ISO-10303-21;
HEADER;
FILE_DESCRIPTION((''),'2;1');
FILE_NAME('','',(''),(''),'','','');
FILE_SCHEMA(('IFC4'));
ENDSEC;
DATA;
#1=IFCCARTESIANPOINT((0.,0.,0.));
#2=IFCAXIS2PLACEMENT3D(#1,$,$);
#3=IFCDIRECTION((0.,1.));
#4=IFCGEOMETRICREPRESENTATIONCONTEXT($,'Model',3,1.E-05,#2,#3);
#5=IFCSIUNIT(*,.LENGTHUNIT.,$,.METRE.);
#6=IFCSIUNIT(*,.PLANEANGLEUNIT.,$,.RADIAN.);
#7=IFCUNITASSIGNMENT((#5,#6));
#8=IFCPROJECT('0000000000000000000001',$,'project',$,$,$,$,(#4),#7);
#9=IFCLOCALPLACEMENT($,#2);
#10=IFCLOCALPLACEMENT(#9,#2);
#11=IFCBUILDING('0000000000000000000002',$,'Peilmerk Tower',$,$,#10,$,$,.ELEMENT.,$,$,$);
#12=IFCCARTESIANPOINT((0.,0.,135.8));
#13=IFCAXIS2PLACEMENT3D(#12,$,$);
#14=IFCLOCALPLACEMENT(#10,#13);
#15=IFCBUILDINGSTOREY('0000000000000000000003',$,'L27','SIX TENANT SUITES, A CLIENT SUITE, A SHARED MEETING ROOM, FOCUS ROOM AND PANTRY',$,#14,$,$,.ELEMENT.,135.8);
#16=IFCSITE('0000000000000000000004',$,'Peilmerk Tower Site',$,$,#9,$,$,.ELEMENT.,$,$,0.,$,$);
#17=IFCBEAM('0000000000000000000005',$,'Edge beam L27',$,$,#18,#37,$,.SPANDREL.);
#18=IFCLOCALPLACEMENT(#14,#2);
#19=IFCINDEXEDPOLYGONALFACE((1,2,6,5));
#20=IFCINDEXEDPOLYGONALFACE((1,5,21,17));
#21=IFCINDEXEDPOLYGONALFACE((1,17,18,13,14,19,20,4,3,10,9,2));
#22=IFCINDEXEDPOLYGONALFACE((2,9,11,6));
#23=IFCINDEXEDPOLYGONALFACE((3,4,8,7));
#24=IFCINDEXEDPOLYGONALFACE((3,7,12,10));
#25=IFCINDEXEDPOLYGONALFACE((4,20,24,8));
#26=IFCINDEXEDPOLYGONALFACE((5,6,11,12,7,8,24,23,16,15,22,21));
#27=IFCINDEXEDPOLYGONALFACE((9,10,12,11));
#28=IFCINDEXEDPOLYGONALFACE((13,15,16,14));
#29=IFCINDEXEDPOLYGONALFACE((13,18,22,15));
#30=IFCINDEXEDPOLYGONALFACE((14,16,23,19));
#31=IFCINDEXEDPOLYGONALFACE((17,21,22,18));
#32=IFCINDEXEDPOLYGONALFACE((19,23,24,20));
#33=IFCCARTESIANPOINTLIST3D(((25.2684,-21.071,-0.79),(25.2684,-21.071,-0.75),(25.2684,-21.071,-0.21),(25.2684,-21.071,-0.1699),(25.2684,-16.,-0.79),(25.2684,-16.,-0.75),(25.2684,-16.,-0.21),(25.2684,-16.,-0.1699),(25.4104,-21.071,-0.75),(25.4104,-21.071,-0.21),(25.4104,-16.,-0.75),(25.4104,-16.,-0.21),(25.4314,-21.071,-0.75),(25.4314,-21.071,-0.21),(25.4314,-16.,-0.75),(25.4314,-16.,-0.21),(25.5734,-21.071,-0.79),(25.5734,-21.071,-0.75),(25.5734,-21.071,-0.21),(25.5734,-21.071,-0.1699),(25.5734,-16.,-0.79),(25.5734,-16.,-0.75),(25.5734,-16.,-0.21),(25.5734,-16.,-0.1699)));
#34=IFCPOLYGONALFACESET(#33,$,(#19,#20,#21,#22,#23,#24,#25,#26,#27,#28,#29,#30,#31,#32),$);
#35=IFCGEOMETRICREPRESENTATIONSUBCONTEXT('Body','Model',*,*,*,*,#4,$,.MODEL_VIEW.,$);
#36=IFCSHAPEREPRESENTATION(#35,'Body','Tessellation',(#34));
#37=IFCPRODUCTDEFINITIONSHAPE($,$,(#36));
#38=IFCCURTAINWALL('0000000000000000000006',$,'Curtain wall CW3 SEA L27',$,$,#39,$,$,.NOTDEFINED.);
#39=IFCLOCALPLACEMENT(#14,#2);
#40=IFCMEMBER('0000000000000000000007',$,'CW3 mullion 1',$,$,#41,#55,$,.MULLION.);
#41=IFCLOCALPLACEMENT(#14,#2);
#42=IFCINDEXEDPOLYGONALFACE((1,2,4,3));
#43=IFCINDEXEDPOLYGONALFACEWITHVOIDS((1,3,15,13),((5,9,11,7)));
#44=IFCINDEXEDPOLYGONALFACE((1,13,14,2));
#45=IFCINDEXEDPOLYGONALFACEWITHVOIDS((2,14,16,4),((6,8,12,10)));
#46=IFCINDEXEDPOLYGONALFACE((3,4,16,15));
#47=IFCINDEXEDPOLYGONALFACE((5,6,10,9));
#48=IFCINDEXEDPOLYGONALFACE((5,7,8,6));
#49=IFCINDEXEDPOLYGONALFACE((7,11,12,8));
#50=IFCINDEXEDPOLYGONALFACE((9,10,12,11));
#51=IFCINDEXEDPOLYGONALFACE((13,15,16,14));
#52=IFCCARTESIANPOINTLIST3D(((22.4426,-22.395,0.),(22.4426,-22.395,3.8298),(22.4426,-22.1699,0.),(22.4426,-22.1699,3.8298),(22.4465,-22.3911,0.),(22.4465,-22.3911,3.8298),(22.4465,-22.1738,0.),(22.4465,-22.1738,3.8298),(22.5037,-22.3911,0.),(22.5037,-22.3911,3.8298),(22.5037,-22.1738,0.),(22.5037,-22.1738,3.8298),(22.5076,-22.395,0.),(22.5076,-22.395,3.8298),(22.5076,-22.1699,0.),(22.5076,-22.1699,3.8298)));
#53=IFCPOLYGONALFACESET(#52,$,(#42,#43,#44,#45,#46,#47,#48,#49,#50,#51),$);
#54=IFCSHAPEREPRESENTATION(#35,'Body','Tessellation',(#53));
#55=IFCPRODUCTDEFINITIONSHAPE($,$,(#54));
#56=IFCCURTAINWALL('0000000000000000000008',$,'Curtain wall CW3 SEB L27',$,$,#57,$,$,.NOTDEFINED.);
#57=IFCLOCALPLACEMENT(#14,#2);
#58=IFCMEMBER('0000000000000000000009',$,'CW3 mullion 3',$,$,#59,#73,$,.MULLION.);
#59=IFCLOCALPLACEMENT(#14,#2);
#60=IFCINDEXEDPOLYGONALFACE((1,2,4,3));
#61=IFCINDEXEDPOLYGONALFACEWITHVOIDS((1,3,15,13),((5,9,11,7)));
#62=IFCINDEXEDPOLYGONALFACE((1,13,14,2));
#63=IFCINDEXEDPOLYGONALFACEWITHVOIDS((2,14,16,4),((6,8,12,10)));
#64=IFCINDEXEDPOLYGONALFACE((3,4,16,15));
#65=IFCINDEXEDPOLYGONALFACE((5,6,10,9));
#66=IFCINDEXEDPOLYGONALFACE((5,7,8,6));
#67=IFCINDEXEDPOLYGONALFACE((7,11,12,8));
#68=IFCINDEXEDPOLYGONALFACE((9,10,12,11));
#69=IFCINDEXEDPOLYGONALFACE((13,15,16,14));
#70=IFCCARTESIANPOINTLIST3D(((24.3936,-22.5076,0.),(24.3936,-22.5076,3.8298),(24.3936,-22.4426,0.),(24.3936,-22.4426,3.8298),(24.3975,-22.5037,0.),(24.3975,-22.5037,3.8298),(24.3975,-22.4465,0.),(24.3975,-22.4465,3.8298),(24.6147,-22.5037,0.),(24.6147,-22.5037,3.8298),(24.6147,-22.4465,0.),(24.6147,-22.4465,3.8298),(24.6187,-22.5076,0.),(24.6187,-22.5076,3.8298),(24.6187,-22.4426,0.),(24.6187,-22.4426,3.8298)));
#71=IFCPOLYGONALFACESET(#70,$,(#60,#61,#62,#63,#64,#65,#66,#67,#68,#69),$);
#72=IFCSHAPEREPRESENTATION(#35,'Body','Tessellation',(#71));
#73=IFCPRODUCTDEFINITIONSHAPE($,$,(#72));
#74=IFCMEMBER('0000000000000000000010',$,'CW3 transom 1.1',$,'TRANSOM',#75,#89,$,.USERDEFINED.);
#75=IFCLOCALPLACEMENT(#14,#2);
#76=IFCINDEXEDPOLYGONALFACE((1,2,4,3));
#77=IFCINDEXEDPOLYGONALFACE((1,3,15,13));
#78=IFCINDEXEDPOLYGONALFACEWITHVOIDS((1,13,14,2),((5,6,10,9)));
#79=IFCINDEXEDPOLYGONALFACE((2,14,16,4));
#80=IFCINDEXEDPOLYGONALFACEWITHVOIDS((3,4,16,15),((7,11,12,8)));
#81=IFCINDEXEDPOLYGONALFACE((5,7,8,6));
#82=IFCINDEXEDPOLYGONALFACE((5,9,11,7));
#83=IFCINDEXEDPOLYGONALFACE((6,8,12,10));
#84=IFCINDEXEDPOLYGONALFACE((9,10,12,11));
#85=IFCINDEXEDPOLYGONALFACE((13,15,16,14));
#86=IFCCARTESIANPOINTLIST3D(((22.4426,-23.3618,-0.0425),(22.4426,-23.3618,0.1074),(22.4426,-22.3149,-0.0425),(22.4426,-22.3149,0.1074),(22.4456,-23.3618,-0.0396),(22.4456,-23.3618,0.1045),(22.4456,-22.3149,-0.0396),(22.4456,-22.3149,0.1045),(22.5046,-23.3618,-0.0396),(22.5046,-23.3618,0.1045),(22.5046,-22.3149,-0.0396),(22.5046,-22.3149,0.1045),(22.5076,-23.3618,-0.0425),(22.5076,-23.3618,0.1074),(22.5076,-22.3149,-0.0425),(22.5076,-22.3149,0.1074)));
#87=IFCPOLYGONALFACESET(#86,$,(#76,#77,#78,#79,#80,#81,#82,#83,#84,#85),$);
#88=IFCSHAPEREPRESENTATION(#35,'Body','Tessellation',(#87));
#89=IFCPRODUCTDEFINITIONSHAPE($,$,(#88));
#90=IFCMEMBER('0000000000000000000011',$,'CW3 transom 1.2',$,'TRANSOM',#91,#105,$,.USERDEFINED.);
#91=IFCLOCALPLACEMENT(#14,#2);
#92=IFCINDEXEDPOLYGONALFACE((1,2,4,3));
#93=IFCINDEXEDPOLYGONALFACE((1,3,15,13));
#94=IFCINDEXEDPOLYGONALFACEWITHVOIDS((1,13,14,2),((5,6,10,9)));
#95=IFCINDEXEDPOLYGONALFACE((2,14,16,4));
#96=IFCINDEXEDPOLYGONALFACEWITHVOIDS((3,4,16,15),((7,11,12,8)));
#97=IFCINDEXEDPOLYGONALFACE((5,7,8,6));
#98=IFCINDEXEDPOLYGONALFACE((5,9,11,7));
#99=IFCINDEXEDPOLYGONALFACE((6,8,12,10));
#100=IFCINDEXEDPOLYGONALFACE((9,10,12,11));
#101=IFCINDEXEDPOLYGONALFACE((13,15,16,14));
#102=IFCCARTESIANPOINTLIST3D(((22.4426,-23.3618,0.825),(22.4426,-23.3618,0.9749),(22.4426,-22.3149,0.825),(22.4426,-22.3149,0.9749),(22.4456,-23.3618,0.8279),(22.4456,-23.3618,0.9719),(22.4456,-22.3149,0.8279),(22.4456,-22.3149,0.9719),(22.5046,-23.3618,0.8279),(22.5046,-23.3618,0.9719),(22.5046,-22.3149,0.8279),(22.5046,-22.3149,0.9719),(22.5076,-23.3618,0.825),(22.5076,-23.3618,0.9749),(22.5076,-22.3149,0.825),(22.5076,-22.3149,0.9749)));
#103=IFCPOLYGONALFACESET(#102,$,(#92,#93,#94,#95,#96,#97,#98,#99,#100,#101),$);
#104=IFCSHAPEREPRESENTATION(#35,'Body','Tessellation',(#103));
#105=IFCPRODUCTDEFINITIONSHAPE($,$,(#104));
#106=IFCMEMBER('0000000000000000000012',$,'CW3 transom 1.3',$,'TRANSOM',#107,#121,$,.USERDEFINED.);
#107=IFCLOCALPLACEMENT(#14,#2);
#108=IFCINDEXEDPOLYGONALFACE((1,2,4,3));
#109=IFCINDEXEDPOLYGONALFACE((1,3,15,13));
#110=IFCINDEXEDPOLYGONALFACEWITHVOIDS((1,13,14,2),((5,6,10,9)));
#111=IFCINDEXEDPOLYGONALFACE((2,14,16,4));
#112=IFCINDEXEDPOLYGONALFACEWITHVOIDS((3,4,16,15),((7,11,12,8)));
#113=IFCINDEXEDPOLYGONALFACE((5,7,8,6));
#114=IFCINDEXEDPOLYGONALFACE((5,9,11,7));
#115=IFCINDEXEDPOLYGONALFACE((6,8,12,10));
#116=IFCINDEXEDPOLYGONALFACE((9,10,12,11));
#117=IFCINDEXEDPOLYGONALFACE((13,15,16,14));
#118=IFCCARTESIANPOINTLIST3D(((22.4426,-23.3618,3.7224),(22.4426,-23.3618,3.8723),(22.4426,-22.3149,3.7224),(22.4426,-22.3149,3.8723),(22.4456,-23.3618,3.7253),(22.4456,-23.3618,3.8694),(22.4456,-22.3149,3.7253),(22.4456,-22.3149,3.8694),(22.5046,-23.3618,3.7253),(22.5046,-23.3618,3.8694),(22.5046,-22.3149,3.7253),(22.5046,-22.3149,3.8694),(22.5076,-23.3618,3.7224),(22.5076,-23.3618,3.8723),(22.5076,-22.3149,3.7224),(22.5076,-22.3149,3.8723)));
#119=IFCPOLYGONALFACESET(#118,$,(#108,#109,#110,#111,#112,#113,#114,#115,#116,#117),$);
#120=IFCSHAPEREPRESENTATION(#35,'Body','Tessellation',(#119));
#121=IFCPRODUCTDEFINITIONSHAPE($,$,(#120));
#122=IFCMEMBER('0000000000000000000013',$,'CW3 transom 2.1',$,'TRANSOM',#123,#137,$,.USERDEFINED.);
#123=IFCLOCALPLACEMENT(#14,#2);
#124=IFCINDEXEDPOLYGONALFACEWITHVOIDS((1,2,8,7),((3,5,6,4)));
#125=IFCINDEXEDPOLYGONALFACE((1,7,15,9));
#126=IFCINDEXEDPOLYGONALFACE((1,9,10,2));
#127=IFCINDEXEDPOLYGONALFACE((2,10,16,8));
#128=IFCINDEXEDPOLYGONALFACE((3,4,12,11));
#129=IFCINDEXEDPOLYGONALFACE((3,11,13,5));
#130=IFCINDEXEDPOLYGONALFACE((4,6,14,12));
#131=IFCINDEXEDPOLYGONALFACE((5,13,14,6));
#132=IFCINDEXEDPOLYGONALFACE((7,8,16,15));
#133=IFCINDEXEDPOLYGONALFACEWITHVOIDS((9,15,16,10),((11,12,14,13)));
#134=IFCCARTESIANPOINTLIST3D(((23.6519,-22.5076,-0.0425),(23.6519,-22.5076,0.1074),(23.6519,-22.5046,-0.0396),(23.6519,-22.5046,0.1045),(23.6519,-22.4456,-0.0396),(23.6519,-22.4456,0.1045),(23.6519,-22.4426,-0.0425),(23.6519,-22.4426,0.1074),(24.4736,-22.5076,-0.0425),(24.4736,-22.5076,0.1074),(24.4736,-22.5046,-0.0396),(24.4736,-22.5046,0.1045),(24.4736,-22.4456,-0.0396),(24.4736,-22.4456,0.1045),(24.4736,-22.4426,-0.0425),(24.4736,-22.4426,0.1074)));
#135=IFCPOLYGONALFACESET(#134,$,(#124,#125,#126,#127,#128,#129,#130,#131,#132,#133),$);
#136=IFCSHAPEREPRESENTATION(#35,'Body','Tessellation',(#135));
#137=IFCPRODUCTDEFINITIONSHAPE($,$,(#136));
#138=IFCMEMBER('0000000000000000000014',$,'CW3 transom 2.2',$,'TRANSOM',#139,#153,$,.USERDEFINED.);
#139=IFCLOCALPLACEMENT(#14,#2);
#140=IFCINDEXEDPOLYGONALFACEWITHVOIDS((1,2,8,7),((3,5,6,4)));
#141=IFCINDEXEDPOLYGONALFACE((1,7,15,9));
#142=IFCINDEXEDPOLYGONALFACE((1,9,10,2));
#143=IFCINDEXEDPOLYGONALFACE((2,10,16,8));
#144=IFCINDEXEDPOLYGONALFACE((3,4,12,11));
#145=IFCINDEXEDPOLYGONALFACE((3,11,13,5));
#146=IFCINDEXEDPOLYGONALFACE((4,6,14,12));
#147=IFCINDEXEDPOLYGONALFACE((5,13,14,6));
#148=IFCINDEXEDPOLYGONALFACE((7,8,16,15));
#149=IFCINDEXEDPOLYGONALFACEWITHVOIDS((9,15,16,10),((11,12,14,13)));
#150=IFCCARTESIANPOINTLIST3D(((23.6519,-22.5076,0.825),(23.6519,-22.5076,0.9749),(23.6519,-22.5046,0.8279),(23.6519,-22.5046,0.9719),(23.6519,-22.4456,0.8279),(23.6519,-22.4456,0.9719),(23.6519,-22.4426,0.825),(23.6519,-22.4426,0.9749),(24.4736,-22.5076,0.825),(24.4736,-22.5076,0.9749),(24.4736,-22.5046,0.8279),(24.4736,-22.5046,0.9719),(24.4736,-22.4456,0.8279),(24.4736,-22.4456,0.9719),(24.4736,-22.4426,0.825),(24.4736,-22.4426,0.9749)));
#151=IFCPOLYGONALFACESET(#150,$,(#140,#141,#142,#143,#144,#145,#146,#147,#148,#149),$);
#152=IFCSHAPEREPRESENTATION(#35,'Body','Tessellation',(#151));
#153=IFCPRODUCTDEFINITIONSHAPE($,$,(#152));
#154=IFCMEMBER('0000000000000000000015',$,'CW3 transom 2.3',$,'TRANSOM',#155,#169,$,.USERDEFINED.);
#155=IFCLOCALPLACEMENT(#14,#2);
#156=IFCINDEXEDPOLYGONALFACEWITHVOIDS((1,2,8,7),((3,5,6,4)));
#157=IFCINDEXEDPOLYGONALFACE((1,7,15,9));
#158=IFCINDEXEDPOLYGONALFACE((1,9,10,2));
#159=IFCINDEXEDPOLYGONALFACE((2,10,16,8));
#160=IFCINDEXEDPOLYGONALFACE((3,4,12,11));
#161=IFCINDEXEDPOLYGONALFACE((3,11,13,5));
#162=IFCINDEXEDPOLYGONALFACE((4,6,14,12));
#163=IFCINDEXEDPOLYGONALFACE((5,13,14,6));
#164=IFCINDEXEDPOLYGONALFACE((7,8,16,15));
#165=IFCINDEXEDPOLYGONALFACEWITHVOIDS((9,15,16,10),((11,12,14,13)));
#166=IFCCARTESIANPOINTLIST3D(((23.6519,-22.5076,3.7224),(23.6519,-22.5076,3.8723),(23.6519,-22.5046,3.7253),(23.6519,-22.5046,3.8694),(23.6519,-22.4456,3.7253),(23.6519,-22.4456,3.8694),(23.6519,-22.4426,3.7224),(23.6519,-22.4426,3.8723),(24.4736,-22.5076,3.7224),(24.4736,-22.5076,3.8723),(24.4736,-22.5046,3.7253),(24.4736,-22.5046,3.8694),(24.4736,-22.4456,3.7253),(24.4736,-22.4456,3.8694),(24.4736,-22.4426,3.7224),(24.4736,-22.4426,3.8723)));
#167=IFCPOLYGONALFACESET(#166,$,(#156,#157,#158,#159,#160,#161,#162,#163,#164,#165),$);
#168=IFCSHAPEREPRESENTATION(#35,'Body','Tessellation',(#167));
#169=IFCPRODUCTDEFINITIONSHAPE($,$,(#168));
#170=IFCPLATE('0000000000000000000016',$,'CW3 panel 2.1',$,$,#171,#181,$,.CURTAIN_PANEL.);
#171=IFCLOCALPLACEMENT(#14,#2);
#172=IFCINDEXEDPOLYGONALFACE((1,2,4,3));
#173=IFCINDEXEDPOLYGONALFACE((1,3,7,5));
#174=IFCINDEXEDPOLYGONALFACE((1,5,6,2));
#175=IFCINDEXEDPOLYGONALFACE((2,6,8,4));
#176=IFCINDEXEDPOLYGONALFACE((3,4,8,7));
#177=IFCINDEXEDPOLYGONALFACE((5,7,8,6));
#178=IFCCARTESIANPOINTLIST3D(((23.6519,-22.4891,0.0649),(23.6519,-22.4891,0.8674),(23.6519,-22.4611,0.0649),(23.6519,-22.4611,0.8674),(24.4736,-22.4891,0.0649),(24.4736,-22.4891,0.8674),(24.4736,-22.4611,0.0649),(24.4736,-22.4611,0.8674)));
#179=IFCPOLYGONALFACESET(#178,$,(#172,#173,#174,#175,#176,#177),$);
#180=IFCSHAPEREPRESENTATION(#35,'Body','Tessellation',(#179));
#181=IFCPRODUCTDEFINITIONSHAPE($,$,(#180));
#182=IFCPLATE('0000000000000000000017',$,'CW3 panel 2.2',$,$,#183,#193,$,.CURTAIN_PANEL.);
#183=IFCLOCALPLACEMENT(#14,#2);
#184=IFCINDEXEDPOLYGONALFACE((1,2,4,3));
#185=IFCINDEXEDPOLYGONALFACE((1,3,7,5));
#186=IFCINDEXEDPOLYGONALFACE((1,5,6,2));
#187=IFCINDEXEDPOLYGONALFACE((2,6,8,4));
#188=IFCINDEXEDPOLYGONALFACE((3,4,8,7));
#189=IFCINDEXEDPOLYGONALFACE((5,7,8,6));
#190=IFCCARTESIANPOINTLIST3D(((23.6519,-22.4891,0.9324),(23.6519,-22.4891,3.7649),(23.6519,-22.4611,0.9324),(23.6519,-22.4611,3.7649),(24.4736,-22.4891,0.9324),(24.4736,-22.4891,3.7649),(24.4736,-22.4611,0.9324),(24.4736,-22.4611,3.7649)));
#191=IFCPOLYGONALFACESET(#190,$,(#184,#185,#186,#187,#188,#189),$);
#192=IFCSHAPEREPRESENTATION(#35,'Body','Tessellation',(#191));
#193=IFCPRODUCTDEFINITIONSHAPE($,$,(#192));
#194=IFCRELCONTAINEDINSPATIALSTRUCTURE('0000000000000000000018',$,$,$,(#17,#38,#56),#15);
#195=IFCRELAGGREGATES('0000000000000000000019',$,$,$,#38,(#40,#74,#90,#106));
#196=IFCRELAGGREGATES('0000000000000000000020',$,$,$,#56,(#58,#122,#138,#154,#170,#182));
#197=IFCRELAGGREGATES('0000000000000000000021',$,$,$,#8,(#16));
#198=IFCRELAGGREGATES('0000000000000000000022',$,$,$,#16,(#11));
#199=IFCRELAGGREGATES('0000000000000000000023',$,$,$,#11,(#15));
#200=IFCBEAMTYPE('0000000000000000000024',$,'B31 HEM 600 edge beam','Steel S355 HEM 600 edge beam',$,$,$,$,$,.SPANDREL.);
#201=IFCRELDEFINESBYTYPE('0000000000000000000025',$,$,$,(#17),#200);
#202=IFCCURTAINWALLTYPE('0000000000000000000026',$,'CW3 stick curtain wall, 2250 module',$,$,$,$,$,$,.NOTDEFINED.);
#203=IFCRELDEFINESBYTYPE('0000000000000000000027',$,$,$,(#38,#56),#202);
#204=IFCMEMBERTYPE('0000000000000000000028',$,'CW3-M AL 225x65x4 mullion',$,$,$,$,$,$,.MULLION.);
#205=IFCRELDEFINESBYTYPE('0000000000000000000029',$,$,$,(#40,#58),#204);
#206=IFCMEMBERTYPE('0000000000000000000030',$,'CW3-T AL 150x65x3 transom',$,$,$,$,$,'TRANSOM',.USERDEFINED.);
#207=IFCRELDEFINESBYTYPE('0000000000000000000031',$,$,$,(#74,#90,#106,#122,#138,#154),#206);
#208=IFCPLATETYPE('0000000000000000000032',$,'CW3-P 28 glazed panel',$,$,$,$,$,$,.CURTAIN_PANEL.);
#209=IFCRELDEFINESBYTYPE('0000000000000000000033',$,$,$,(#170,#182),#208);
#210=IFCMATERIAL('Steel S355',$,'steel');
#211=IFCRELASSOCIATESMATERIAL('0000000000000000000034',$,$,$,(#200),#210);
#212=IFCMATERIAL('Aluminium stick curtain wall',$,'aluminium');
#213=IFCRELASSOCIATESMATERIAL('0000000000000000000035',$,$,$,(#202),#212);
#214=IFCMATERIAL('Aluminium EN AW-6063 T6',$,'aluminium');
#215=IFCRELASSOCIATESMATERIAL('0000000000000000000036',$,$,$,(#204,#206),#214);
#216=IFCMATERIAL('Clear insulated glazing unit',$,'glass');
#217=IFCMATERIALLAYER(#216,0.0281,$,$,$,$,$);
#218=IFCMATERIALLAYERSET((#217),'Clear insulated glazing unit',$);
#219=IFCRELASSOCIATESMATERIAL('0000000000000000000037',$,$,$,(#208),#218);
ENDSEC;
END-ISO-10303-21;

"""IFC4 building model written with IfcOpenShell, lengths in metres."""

from ifc_helpers import new_model, si_unit, direction, frame, origin, origin_2d, place, context, subcontext, project, spatial, rectangle, hollow_rectangle, i_section, extrude, material, layer, layer_set, material_profile, profile_set, type_object, element, aggregate, save


model = new_model("IFC4")

# Units and contexts
model_context = context("Model", 3, precision=1e-05, world=origin(), true_north=direction((0.0, 1.0)))
body_context = subcontext(model_context, "Body", "Model", "MODEL_VIEW")
ifc_project = project(units=[si_unit("LENGTHUNIT", "METRE"), si_unit("PLANEANGLEUNIT", "RADIAN")], contexts=[model_context])

# Site, building, storey
site_placement = place(None, origin())
site = spatial("IfcSite", under=ifc_project, at=site_placement, Name="Peilmerk Tower Site", CompositionType="ELEMENT", RefElevation=0.0)
building_placement = place(site_placement, origin())
building = spatial("IfcBuilding", under=site, at=building_placement, Name="Peilmerk Tower", CompositionType="ELEMENT")
storey_placement = place(building_placement, frame((0.0, 0.0, 135.8)))
storey = spatial("IfcBuildingStorey", under=building, at=storey_placement, Name="L27", Description="SIX TENANT SUITES, A CLIENT SUITE, A SHARED MEETING ROOM, FOCUS ROOM AND PANTRY", CompositionType="ELEMENT", Elevation=135.8)

# Beam
ifc_material_1 = material(Name="Steel S355", Category="steel")
ifc_material_profile_1 = material_profile(ifc_material_1, i_section(OverallWidth=0.3049, OverallDepth=0.6201, WebThickness=0.021, FlangeThickness=0.04, at=origin_2d()), Name="HEM 600")
ifc_profile_set_1 = profile_set([ifc_material_profile_1], Name="Steel S355")
beam_type_1 = type_object("IfcBeamType", Name="B31 HEM 600 edge beam", Description="Steel S355 HEM 600 edge beam", PredefinedType="SPANDREL", material=ifc_profile_set_1)
beam_1_placement = place(storey_placement, frame((25.4209, -21.071, -0.48), z_axis=(0.0, 1.0, 0.0), x_axis=(-1.0, 0.0, 0.0)))
element("IfcBeam", 1, at=beam_1_placement, inside=storey, type_object=beam_type_1, Name="Edge beam L27", PredefinedType="SPANDREL", context=body_context, shape_type="SweptSolid", body=[
    extrude(i_section(OverallWidth=0.3049, OverallDepth=0.6201, WebThickness=0.021, FlangeThickness=0.04, at=origin_2d()), origin(), (0.0, 0.0, 1.0), 5.071),
])

# Curtain walls, members
ifc_material_2 = material(Name="Aluminium stick curtain wall", Category="aluminium")
curtain_wall_type = type_object("IfcCurtainWallType", Name="CW3 stick curtain wall, 2250 module", PredefinedType="NOTDEFINED", material=ifc_material_2)
curtain_wall_1_placement = place(storey_placement, origin())
curtain_wall_1 = element("IfcCurtainWall", 2, at=curtain_wall_1_placement, inside=storey, type_object=curtain_wall_type, Name="Curtain wall CW3 SEA L27", PredefinedType="NOTDEFINED")
ifc_material_3 = material(Name="Aluminium EN AW-6063 T6", Category="aluminium")
ifc_material_profile_2 = material_profile(ifc_material_3, hollow_rectangle(XDim=0.0649, YDim=0.2251, WallThickness=0.0039, at=origin_2d()), Name="AL 225x65x4")
ifc_profile_set_2 = profile_set([ifc_material_profile_2], Name="Aluminium EN AW-6063 T6")
member_type_1 = type_object("IfcMemberType", Name="CW3-M AL 225x65x4 mullion", PredefinedType="MULLION", material=ifc_profile_set_2)
member_1_placement = place(storey_placement, frame((22.4751, -22.2825, 0.0), z_axis=(0.0, 0.0, 1.0), x_axis=(1.0, 0.0, 0.0)))
member_1 = element("IfcMember", 3, at=member_1_placement, type_object=member_type_1, Name="CW3 mullion 1", PredefinedType="MULLION", context=body_context, shape_type="SweptSolid", body=[
    extrude(hollow_rectangle(XDim=0.0649, YDim=0.2251, WallThickness=0.0039, at=origin_2d()), origin(), (0.0, 0.0, 1.0), 3.8298),
])
curtain_wall_2_placement = place(storey_placement, origin())
curtain_wall_2 = element("IfcCurtainWall", 4, at=curtain_wall_2_placement, inside=storey, type_object=curtain_wall_type, Name="Curtain wall CW3 SEB L27", PredefinedType="NOTDEFINED")
member_2_placement = place(storey_placement, frame((24.5061, -22.4751, 0.0), z_axis=(0.0, 0.0, 1.0), x_axis=(0.0, 1.0, 0.0)))
member_2 = element("IfcMember", 5, at=member_2_placement, type_object=member_type_1, Name="CW3 mullion 3", PredefinedType="MULLION", context=body_context, shape_type="SweptSolid", body=[
    extrude(hollow_rectangle(XDim=0.0649, YDim=0.2251, WallThickness=0.0039, at=origin_2d()), origin(), (0.0, 0.0, 1.0), 3.8298),
])

# Members
ifc_material_profile_3 = material_profile(ifc_material_3, hollow_rectangle(XDim=0.0649, YDim=0.1499, WallThickness=0.0029, at=origin_2d()), Name="AL 150x65x3")
ifc_profile_set_3 = profile_set([ifc_material_profile_3], Name="Aluminium EN AW-6063 T6")
member_type_2 = type_object("IfcMemberType", Name="CW3-T AL 150x65x3 transom", ElementType="TRANSOM", PredefinedType="USERDEFINED", material=ifc_profile_set_3)
member_3_placement = place(storey_placement, frame((22.4751, -22.3149, 0.0325), z_axis=(0.0, -1.0, 0.0), x_axis=(1.0, 0.0, 0.0)))
member_3 = element("IfcMember", 6, at=member_3_placement, type_object=member_type_2, Name="CW3 transom 1.1", ObjectType="TRANSOM", PredefinedType="USERDEFINED", context=body_context, shape_type="SweptSolid", body=[
    extrude(hollow_rectangle(XDim=0.0649, YDim=0.1499, WallThickness=0.0029, at=origin_2d()), origin(), (0.0, 0.0, 1.0), 1.0469),
])
member_4_placement = place(storey_placement, frame((22.4751, -22.3149, 0.8999), z_axis=(0.0, -1.0, 0.0), x_axis=(1.0, 0.0, 0.0)))
member_4 = element("IfcMember", 7, at=member_4_placement, type_object=member_type_2, Name="CW3 transom 1.2", ObjectType="TRANSOM", PredefinedType="USERDEFINED", context=body_context, shape_type="SweptSolid", body=[
    extrude(hollow_rectangle(XDim=0.0649, YDim=0.1499, WallThickness=0.0029, at=origin_2d()), origin(), (0.0, 0.0, 1.0), 1.0469),
])
member_5_placement = place(storey_placement, frame((22.4751, -22.3149, 3.7974), z_axis=(0.0, -1.0, 0.0), x_axis=(1.0, 0.0, 0.0)))
member_5 = element("IfcMember", 8, at=member_5_placement, type_object=member_type_2, Name="CW3 transom 1.3", ObjectType="TRANSOM", PredefinedType="USERDEFINED", context=body_context, shape_type="SweptSolid", body=[
    extrude(hollow_rectangle(XDim=0.0649, YDim=0.1499, WallThickness=0.0029, at=origin_2d()), origin(), (0.0, 0.0, 1.0), 1.0469),
])
aggregate(curtain_wall_1, [member_1, member_3, member_4, member_5])
member_6_placement = place(storey_placement, frame((23.6519, -22.4751, 0.0325), z_axis=(1.0, 0.0, 0.0), x_axis=(0.0, 1.0, 0.0)))
member_6 = element("IfcMember", 9, at=member_6_placement, type_object=member_type_2, Name="CW3 transom 2.1", ObjectType="TRANSOM", PredefinedType="USERDEFINED", context=body_context, shape_type="SweptSolid", body=[
    extrude(hollow_rectangle(XDim=0.0649, YDim=0.1499, WallThickness=0.0029, at=origin_2d()), origin(), (0.0, 0.0, 1.0), 0.8218),
])
member_7_placement = place(storey_placement, frame((23.6519, -22.4751, 0.8999), z_axis=(1.0, 0.0, 0.0), x_axis=(0.0, 1.0, 0.0)))
member_7 = element("IfcMember", 10, at=member_7_placement, type_object=member_type_2, Name="CW3 transom 2.2", ObjectType="TRANSOM", PredefinedType="USERDEFINED", context=body_context, shape_type="SweptSolid", body=[
    extrude(hollow_rectangle(XDim=0.0649, YDim=0.1499, WallThickness=0.0029, at=origin_2d()), origin(), (0.0, 0.0, 1.0), 0.8218),
])
member_8_placement = place(storey_placement, frame((23.6519, -22.4751, 3.7974), z_axis=(1.0, 0.0, 0.0), x_axis=(0.0, 1.0, 0.0)))
member_8 = element("IfcMember", 11, at=member_8_placement, type_object=member_type_2, Name="CW3 transom 2.3", ObjectType="TRANSOM", PredefinedType="USERDEFINED", context=body_context, shape_type="SweptSolid", body=[
    extrude(hollow_rectangle(XDim=0.0649, YDim=0.1499, WallThickness=0.0029, at=origin_2d()), origin(), (0.0, 0.0, 1.0), 0.8218),
])

# Plates
ifc_material_4 = material(Name="Clear insulated glazing unit", Category="glass")
ifc_layer_1 = layer(ifc_material_4, 0.0281)
ifc_layer_set_1 = layer_set([ifc_layer_1], Name="Clear insulated glazing unit")
plate_type = type_object("IfcPlateType", Name="CW3-P 28 glazed panel", PredefinedType="CURTAIN_PANEL", material=ifc_layer_set_1)
plate_1_placement = place(storey_placement, frame((24.0627, -22.4751, 0.0649), z_axis=(0.0, 0.0, 1.0), x_axis=(1.0, 0.0, 0.0)))
plate_1 = element("IfcPlate", 12, at=plate_1_placement, type_object=plate_type, Name="CW3 panel 2.1", PredefinedType="CURTAIN_PANEL", context=body_context, shape_type="SweptSolid", body=[
    extrude(rectangle(XDim=0.8218, YDim=0.0281, at=origin_2d()), origin(), (0.0, 0.0, 1.0), 0.8025),
])
plate_2_placement = place(storey_placement, frame((24.0627, -22.4751, 0.9324), z_axis=(0.0, 0.0, 1.0), x_axis=(1.0, 0.0, 0.0)))
plate_2 = element("IfcPlate", 13, at=plate_2_placement, type_object=plate_type, Name="CW3 panel 2.2", PredefinedType="CURTAIN_PANEL", context=body_context, shape_type="SweptSolid", body=[
    extrude(rectangle(XDim=0.8218, YDim=0.0281, at=origin_2d()), origin(), (0.0, 0.0, 1.0), 2.8325),
])
aggregate(curtain_wall_2, [member_2, member_6, member_7, member_8, plate_1, plate_2])

save(model, "model.ifc")
